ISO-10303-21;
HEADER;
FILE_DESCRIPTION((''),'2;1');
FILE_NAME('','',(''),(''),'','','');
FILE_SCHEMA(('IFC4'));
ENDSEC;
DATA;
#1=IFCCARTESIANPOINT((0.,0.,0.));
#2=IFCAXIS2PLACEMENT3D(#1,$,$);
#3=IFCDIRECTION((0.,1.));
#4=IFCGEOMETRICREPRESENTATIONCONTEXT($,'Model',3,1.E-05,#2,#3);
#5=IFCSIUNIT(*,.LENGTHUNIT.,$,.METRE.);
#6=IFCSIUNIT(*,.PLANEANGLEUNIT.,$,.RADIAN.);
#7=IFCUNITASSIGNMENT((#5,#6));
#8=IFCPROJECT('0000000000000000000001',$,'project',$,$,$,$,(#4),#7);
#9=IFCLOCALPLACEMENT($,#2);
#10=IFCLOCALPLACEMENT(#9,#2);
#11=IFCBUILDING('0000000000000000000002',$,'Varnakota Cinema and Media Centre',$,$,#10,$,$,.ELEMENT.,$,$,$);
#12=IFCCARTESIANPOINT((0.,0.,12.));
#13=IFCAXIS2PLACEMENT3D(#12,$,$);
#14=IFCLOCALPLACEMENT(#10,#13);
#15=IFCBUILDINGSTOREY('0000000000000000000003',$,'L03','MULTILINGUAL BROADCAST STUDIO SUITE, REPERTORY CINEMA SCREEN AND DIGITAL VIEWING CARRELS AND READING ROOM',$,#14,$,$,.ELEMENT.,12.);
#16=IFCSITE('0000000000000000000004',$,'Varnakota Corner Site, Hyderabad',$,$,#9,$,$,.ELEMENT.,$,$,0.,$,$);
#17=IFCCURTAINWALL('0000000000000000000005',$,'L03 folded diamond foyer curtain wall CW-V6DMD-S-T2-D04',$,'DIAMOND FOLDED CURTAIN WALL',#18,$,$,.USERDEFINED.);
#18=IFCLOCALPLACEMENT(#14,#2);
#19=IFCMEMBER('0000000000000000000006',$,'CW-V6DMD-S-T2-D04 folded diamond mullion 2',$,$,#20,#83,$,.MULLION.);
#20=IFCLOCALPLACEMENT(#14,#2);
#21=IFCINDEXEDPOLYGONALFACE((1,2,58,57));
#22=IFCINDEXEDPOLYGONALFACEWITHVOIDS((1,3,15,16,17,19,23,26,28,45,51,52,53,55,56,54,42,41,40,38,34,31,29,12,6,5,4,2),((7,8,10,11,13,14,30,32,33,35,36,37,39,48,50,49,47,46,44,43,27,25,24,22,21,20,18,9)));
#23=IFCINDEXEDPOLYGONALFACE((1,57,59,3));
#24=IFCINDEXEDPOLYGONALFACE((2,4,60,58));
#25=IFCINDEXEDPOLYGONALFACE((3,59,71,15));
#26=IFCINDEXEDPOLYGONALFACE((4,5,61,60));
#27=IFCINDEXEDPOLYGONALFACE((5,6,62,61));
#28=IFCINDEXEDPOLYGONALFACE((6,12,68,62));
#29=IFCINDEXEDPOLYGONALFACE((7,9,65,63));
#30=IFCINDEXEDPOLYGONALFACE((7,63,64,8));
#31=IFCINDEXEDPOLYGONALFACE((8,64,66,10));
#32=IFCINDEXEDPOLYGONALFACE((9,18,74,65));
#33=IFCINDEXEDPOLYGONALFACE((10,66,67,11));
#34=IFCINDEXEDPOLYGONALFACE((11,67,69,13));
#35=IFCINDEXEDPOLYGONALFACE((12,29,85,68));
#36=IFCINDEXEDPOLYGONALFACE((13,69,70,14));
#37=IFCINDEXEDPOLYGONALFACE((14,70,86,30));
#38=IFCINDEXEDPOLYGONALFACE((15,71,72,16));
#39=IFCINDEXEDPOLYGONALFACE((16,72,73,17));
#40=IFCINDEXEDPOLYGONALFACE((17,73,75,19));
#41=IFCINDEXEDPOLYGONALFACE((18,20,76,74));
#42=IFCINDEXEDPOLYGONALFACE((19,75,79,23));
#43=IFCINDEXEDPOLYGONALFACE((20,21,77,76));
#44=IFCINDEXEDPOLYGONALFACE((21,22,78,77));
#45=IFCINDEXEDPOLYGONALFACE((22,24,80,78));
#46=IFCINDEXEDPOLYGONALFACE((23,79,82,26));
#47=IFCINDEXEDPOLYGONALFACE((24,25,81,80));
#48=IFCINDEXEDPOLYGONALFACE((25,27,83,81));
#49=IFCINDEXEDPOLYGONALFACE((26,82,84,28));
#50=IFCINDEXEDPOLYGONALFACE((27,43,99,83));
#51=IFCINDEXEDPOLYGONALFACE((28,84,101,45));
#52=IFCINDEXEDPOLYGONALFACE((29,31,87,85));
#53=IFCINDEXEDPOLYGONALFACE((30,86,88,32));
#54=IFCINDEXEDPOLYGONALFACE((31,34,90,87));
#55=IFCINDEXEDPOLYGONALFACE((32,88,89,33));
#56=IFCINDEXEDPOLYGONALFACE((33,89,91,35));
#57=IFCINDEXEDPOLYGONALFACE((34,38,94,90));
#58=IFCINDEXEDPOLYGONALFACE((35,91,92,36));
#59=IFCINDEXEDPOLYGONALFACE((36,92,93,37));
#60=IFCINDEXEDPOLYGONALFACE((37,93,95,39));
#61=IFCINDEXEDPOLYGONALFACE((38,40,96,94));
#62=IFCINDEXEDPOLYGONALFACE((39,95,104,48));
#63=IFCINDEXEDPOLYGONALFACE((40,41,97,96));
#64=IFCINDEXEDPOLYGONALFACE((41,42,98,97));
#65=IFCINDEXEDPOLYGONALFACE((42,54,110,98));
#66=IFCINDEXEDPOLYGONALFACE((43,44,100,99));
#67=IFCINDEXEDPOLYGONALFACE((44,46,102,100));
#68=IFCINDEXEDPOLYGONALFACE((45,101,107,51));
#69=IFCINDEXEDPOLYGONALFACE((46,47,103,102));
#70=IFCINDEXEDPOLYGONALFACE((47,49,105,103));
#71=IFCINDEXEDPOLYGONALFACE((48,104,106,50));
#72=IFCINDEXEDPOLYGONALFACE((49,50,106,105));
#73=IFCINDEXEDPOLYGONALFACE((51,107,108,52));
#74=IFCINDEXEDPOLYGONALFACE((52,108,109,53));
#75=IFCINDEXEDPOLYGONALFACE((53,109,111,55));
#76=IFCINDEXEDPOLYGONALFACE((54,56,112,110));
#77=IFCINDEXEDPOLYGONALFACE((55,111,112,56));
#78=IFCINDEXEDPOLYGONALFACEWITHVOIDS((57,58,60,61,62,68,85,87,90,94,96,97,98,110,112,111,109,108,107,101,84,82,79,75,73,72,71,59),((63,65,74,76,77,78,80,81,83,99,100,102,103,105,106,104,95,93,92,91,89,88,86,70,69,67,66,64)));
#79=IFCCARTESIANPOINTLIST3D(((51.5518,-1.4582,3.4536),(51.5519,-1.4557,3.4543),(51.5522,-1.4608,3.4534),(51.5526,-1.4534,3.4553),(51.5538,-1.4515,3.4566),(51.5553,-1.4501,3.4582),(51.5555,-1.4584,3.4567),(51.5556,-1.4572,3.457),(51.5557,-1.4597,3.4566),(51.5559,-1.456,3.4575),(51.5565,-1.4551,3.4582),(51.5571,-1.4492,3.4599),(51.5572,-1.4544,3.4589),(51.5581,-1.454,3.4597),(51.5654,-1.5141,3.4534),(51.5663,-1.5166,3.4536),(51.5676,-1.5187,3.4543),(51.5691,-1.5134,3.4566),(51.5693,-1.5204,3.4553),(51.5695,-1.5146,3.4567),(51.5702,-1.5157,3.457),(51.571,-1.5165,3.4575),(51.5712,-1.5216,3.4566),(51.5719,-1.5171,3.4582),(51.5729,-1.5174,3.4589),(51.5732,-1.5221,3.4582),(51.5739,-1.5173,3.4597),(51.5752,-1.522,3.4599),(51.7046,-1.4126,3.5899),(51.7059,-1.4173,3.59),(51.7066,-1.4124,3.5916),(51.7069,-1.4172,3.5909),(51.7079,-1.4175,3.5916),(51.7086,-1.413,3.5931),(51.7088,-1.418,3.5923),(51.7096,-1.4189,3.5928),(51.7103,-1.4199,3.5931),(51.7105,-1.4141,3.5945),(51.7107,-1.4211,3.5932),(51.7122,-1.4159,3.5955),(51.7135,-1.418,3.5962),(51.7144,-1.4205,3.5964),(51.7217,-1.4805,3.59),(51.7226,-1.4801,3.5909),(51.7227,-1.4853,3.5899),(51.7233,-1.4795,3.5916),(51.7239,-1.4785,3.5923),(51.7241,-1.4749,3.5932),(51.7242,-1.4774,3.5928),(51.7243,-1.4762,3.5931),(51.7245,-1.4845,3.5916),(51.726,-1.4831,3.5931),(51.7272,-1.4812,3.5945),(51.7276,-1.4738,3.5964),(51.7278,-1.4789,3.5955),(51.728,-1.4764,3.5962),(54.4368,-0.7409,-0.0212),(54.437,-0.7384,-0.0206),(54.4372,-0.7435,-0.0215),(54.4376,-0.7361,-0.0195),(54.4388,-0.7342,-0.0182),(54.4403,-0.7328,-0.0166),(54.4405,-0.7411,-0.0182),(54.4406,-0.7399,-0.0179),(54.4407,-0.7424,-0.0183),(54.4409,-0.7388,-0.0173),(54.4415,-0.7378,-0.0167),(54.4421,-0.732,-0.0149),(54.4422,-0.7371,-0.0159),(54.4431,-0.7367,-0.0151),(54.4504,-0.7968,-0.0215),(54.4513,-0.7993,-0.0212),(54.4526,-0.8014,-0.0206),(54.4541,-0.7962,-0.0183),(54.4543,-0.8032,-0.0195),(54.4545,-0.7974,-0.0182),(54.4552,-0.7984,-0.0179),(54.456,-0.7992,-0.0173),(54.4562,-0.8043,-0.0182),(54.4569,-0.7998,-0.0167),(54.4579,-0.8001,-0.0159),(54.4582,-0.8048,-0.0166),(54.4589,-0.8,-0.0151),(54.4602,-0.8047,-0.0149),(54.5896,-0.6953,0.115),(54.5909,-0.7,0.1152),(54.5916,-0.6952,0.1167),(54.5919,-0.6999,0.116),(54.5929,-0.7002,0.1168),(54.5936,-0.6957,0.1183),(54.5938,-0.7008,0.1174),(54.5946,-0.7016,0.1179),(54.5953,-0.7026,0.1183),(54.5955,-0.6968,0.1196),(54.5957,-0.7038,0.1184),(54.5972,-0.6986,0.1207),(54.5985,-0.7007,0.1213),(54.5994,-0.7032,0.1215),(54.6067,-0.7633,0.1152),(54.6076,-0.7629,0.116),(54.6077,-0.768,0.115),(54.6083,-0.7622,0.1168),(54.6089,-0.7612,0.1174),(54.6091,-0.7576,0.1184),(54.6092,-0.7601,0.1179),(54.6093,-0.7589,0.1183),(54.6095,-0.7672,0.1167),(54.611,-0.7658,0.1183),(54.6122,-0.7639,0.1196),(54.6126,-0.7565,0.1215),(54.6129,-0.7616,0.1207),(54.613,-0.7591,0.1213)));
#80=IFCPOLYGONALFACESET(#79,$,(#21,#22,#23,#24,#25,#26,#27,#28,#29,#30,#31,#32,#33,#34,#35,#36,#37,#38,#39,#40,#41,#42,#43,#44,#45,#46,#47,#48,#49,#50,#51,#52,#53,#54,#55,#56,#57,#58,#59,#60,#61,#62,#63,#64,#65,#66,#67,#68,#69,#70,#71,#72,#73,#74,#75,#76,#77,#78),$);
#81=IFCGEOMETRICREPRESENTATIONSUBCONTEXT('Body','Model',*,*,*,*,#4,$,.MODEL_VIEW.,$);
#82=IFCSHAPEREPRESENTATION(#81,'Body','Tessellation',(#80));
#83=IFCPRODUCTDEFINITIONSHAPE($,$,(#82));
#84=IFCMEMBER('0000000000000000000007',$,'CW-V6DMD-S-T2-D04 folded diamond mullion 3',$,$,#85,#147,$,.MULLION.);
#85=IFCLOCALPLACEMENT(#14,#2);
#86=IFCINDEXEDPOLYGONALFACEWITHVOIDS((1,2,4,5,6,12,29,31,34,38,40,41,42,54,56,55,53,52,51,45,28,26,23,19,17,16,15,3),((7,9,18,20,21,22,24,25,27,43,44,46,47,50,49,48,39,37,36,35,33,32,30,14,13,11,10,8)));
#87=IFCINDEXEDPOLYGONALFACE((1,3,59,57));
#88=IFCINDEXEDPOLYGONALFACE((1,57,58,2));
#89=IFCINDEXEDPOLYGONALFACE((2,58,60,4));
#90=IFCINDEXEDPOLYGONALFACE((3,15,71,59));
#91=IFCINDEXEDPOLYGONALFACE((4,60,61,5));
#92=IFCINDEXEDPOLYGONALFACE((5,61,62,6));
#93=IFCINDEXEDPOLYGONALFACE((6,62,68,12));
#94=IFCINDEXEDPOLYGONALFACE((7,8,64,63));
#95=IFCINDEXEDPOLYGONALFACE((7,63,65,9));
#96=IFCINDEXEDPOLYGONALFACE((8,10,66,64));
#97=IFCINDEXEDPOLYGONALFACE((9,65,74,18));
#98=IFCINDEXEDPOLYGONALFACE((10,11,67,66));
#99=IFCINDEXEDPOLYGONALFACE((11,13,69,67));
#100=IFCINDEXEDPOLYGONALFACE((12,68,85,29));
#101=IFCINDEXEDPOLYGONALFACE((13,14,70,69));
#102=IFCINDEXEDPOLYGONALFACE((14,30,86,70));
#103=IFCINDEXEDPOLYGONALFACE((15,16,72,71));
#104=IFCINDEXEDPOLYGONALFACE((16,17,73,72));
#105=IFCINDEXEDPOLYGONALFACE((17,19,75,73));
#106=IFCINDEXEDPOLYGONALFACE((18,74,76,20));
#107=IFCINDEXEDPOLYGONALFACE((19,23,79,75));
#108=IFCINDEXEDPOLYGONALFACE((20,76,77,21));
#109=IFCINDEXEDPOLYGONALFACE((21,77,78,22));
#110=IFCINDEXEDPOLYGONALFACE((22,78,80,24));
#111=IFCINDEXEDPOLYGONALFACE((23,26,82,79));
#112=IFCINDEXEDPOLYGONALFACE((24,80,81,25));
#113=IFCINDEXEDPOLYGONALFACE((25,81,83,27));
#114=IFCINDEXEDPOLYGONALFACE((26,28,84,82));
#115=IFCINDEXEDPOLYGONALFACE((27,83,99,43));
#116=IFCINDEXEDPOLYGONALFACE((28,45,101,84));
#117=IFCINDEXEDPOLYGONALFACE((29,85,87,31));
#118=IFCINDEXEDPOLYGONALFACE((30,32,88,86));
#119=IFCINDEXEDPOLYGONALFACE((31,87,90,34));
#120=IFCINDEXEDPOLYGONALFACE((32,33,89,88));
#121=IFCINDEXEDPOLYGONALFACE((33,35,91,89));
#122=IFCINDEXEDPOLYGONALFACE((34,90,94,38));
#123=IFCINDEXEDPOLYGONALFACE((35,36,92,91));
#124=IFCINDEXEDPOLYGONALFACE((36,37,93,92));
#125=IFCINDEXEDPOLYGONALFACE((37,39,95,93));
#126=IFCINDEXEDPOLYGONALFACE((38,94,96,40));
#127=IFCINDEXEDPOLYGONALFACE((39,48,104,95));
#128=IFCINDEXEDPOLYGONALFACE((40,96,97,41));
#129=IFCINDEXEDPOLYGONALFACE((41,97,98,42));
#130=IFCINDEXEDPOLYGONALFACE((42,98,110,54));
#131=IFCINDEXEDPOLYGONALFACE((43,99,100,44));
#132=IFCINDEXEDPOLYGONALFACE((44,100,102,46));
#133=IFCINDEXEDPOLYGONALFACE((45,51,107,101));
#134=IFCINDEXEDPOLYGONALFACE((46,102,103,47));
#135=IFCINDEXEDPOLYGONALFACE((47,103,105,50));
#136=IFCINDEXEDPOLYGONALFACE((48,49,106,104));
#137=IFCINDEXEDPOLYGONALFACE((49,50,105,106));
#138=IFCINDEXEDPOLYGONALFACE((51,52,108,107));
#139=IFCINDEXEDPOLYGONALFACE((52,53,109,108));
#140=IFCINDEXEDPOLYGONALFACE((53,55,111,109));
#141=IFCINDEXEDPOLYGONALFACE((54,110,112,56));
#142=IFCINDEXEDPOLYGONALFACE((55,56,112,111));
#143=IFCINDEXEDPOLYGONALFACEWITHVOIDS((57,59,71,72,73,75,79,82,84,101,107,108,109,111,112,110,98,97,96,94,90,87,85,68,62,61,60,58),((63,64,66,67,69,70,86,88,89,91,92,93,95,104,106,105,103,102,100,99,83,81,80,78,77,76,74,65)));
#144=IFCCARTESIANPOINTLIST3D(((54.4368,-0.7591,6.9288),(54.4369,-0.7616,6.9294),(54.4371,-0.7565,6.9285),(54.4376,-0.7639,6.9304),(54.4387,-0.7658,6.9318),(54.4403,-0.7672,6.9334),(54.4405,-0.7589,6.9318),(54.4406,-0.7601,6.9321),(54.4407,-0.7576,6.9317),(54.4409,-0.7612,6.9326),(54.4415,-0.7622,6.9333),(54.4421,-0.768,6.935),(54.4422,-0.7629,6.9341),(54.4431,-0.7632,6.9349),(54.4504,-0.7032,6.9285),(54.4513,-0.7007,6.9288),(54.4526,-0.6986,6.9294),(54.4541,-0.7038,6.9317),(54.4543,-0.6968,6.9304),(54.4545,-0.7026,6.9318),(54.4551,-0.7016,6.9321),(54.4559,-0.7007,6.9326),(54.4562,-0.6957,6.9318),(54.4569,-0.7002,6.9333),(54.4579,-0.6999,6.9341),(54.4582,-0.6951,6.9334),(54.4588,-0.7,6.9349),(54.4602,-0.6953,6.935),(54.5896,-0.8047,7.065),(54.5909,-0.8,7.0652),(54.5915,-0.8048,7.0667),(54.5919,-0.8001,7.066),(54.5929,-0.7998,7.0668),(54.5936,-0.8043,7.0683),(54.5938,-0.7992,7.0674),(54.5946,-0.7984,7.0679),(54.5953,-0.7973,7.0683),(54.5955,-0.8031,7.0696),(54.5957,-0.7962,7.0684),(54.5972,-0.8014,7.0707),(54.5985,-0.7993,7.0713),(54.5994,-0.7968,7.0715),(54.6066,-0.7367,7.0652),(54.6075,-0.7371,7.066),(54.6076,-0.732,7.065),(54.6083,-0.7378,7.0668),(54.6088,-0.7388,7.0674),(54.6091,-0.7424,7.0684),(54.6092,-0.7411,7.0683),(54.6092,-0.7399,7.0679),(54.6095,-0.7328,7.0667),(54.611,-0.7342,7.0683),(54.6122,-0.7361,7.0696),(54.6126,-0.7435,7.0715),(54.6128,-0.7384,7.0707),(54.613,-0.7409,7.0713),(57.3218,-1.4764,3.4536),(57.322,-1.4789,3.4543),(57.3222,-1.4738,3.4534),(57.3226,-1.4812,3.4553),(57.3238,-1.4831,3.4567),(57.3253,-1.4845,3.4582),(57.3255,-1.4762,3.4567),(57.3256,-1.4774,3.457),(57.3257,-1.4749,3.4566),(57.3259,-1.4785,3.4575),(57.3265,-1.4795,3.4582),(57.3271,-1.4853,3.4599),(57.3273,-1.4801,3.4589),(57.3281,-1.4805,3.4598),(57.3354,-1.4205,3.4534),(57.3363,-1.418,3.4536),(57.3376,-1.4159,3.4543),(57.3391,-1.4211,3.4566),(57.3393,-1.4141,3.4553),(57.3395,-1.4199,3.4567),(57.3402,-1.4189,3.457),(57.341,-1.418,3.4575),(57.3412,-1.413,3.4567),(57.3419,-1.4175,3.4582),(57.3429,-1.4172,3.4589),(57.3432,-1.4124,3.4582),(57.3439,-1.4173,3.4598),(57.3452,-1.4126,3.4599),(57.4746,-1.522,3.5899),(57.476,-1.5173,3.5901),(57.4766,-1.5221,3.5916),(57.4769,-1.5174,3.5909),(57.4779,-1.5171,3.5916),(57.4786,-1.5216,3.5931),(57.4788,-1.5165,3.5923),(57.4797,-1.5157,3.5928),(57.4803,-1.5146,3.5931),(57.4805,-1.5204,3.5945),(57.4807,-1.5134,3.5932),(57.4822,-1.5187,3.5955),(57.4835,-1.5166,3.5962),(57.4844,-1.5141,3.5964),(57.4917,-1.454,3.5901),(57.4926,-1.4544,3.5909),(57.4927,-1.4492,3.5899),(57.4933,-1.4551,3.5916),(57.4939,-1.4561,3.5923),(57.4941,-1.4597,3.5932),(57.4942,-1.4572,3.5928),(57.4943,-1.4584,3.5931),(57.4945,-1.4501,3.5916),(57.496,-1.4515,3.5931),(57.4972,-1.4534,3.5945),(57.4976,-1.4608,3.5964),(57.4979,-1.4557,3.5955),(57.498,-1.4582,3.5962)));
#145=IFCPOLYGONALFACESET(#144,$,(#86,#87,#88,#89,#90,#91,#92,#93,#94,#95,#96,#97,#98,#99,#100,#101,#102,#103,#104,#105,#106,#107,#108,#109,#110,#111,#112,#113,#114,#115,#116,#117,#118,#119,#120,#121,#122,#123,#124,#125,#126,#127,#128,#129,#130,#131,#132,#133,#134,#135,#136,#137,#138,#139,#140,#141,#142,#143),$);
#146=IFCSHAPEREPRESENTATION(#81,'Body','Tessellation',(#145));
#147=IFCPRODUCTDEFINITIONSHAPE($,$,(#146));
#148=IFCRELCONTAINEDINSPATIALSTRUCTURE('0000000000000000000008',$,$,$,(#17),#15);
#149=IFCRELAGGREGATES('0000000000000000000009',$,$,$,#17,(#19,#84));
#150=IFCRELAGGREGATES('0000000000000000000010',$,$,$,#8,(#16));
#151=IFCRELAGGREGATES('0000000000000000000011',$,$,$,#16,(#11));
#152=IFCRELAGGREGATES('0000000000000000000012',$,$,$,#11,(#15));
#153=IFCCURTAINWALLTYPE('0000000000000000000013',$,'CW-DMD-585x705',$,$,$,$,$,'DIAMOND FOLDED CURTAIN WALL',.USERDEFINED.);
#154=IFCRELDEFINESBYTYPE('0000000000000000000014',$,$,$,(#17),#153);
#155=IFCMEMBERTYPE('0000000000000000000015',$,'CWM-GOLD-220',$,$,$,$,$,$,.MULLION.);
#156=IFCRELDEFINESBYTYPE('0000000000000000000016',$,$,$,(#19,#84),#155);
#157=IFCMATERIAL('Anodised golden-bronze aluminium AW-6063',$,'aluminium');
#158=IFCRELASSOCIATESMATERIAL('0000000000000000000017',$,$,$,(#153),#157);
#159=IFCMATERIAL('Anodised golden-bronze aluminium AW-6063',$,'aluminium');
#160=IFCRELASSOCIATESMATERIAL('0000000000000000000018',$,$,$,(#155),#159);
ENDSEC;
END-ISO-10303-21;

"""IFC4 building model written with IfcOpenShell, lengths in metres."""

from ifc_helpers import new_model, si_unit, direction, frame, origin, origin_2d, place, context, subcontext, project, spatial, hollow_rectangle, extrude, material, material_profile, profile_set, type_object, element, aggregate, save


model = new_model("IFC4")

# Units and contexts
model_context = context("Model", 3, precision=1e-05, world=origin(), true_north=direction((0.0, 1.0)))
body_context = subcontext(model_context, "Body", "Model", "MODEL_VIEW")
ifc_project = project(units=[si_unit("LENGTHUNIT", "METRE"), si_unit("PLANEANGLEUNIT", "RADIAN")], contexts=[model_context])

# Site, building, storey
site_placement = place(None, origin())
site = spatial("IfcSite", under=ifc_project, at=site_placement, Name="Varnakota Corner Site, Hyderabad", CompositionType="ELEMENT", RefElevation=0.0)
building_placement = place(site_placement, origin())
building = spatial("IfcBuilding", under=site, at=building_placement, Name="Varnakota Cinema and Media Centre", CompositionType="ELEMENT")
storey_placement = place(building_placement, frame((0.0, 0.0, 12.0)))
storey = spatial("IfcBuildingStorey", under=building, at=storey_placement, Name="L03", Description="MULTILINGUAL BROADCAST STUDIO SUITE, REPERTORY CINEMA SCREEN AND DIGITAL VIEWING CARRELS AND READING ROOM", CompositionType="ELEMENT", Elevation=12.0)

# Curtain wall, members
ifc_material_1 = material(Name="Anodised golden-bronze aluminium AW-6063", Category="aluminium")
curtain_wall_type_1 = type_object("IfcCurtainWallType", Name="CW-DMD-585x705", ElementType="DIAMOND FOLDED CURTAIN WALL", PredefinedType="USERDEFINED", material=ifc_material_1)
curtain_wall_1_placement = place(storey_placement, origin())
curtain_wall_1 = element("IfcCurtainWall", 1, at=curtain_wall_1_placement, inside=storey, type_object=curtain_wall_type_1, Name="L03 folded diamond foyer curtain wall CW-V6DMD-S-T2-D04", ObjectType="DIAMOND FOLDED CURTAIN WALL", PredefinedType="USERDEFINED")
ifc_material_2 = material(Name="Anodised golden-bronze aluminium AW-6063", Category="aluminium")
ifc_material_profile_1 = material_profile(ifc_material_2, hollow_rectangle(XDim=0.075, YDim=0.22, WallThickness=0.0049, InnerFilletRadius=0.0049, OuterFilletRadius=0.01, at=origin_2d()), Name="AL-MULLION 220x75x5")
ifc_profile_set_1 = profile_set([ifc_material_profile_1], Name="Anodised golden-bronze aluminium AW-6063")
member_type_1 = type_object("IfcMemberType", Name="CWM-GOLD-220", PredefinedType="MULLION", material=ifc_profile_set_1)
member_1_placement = place(storey_placement, frame((54.5249, -0.75, 0.05), z_axis=(-0.630878, -0.156852, 0.759862), x_axis=(0.241279, -0.970456, 0.0)))
member_1 = element("IfcMember", 2, at=member_1_placement, type_object=member_type_1, Name="CW-V6DMD-S-T2-D04 folded diamond mullion 2", PredefinedType="MULLION", context=body_context, shape_type="SweptSolid", body=[
    extrude(hollow_rectangle(XDim=0.075, YDim=0.22, WallThickness=0.0049, InnerFilletRadius=0.0049, OuterFilletRadius=0.01, at=origin_2d()), origin(), (0.0, 0.0, 1.0), 4.573),
])
member_2_placement = place(storey_placement, frame((57.4099, -1.4673, 3.5249), z_axis=(-0.630853, 0.156846, 0.759885), x_axis=(-0.241279, -0.970456, 0.0)))
member_2 = element("IfcMember", 3, at=member_2_placement, type_object=member_type_1, Name="CW-V6DMD-S-T2-D04 folded diamond mullion 3", PredefinedType="MULLION", context=body_context, shape_type="SweptSolid", body=[
    extrude(hollow_rectangle(XDim=0.075, YDim=0.22, WallThickness=0.0049, InnerFilletRadius=0.0049, OuterFilletRadius=0.01, at=origin_2d()), origin(), (0.0, 0.0, 1.0), 4.5732),
])

aggregate(curtain_wall_1, [member_1, member_2])

save(model, "model.ifc")
